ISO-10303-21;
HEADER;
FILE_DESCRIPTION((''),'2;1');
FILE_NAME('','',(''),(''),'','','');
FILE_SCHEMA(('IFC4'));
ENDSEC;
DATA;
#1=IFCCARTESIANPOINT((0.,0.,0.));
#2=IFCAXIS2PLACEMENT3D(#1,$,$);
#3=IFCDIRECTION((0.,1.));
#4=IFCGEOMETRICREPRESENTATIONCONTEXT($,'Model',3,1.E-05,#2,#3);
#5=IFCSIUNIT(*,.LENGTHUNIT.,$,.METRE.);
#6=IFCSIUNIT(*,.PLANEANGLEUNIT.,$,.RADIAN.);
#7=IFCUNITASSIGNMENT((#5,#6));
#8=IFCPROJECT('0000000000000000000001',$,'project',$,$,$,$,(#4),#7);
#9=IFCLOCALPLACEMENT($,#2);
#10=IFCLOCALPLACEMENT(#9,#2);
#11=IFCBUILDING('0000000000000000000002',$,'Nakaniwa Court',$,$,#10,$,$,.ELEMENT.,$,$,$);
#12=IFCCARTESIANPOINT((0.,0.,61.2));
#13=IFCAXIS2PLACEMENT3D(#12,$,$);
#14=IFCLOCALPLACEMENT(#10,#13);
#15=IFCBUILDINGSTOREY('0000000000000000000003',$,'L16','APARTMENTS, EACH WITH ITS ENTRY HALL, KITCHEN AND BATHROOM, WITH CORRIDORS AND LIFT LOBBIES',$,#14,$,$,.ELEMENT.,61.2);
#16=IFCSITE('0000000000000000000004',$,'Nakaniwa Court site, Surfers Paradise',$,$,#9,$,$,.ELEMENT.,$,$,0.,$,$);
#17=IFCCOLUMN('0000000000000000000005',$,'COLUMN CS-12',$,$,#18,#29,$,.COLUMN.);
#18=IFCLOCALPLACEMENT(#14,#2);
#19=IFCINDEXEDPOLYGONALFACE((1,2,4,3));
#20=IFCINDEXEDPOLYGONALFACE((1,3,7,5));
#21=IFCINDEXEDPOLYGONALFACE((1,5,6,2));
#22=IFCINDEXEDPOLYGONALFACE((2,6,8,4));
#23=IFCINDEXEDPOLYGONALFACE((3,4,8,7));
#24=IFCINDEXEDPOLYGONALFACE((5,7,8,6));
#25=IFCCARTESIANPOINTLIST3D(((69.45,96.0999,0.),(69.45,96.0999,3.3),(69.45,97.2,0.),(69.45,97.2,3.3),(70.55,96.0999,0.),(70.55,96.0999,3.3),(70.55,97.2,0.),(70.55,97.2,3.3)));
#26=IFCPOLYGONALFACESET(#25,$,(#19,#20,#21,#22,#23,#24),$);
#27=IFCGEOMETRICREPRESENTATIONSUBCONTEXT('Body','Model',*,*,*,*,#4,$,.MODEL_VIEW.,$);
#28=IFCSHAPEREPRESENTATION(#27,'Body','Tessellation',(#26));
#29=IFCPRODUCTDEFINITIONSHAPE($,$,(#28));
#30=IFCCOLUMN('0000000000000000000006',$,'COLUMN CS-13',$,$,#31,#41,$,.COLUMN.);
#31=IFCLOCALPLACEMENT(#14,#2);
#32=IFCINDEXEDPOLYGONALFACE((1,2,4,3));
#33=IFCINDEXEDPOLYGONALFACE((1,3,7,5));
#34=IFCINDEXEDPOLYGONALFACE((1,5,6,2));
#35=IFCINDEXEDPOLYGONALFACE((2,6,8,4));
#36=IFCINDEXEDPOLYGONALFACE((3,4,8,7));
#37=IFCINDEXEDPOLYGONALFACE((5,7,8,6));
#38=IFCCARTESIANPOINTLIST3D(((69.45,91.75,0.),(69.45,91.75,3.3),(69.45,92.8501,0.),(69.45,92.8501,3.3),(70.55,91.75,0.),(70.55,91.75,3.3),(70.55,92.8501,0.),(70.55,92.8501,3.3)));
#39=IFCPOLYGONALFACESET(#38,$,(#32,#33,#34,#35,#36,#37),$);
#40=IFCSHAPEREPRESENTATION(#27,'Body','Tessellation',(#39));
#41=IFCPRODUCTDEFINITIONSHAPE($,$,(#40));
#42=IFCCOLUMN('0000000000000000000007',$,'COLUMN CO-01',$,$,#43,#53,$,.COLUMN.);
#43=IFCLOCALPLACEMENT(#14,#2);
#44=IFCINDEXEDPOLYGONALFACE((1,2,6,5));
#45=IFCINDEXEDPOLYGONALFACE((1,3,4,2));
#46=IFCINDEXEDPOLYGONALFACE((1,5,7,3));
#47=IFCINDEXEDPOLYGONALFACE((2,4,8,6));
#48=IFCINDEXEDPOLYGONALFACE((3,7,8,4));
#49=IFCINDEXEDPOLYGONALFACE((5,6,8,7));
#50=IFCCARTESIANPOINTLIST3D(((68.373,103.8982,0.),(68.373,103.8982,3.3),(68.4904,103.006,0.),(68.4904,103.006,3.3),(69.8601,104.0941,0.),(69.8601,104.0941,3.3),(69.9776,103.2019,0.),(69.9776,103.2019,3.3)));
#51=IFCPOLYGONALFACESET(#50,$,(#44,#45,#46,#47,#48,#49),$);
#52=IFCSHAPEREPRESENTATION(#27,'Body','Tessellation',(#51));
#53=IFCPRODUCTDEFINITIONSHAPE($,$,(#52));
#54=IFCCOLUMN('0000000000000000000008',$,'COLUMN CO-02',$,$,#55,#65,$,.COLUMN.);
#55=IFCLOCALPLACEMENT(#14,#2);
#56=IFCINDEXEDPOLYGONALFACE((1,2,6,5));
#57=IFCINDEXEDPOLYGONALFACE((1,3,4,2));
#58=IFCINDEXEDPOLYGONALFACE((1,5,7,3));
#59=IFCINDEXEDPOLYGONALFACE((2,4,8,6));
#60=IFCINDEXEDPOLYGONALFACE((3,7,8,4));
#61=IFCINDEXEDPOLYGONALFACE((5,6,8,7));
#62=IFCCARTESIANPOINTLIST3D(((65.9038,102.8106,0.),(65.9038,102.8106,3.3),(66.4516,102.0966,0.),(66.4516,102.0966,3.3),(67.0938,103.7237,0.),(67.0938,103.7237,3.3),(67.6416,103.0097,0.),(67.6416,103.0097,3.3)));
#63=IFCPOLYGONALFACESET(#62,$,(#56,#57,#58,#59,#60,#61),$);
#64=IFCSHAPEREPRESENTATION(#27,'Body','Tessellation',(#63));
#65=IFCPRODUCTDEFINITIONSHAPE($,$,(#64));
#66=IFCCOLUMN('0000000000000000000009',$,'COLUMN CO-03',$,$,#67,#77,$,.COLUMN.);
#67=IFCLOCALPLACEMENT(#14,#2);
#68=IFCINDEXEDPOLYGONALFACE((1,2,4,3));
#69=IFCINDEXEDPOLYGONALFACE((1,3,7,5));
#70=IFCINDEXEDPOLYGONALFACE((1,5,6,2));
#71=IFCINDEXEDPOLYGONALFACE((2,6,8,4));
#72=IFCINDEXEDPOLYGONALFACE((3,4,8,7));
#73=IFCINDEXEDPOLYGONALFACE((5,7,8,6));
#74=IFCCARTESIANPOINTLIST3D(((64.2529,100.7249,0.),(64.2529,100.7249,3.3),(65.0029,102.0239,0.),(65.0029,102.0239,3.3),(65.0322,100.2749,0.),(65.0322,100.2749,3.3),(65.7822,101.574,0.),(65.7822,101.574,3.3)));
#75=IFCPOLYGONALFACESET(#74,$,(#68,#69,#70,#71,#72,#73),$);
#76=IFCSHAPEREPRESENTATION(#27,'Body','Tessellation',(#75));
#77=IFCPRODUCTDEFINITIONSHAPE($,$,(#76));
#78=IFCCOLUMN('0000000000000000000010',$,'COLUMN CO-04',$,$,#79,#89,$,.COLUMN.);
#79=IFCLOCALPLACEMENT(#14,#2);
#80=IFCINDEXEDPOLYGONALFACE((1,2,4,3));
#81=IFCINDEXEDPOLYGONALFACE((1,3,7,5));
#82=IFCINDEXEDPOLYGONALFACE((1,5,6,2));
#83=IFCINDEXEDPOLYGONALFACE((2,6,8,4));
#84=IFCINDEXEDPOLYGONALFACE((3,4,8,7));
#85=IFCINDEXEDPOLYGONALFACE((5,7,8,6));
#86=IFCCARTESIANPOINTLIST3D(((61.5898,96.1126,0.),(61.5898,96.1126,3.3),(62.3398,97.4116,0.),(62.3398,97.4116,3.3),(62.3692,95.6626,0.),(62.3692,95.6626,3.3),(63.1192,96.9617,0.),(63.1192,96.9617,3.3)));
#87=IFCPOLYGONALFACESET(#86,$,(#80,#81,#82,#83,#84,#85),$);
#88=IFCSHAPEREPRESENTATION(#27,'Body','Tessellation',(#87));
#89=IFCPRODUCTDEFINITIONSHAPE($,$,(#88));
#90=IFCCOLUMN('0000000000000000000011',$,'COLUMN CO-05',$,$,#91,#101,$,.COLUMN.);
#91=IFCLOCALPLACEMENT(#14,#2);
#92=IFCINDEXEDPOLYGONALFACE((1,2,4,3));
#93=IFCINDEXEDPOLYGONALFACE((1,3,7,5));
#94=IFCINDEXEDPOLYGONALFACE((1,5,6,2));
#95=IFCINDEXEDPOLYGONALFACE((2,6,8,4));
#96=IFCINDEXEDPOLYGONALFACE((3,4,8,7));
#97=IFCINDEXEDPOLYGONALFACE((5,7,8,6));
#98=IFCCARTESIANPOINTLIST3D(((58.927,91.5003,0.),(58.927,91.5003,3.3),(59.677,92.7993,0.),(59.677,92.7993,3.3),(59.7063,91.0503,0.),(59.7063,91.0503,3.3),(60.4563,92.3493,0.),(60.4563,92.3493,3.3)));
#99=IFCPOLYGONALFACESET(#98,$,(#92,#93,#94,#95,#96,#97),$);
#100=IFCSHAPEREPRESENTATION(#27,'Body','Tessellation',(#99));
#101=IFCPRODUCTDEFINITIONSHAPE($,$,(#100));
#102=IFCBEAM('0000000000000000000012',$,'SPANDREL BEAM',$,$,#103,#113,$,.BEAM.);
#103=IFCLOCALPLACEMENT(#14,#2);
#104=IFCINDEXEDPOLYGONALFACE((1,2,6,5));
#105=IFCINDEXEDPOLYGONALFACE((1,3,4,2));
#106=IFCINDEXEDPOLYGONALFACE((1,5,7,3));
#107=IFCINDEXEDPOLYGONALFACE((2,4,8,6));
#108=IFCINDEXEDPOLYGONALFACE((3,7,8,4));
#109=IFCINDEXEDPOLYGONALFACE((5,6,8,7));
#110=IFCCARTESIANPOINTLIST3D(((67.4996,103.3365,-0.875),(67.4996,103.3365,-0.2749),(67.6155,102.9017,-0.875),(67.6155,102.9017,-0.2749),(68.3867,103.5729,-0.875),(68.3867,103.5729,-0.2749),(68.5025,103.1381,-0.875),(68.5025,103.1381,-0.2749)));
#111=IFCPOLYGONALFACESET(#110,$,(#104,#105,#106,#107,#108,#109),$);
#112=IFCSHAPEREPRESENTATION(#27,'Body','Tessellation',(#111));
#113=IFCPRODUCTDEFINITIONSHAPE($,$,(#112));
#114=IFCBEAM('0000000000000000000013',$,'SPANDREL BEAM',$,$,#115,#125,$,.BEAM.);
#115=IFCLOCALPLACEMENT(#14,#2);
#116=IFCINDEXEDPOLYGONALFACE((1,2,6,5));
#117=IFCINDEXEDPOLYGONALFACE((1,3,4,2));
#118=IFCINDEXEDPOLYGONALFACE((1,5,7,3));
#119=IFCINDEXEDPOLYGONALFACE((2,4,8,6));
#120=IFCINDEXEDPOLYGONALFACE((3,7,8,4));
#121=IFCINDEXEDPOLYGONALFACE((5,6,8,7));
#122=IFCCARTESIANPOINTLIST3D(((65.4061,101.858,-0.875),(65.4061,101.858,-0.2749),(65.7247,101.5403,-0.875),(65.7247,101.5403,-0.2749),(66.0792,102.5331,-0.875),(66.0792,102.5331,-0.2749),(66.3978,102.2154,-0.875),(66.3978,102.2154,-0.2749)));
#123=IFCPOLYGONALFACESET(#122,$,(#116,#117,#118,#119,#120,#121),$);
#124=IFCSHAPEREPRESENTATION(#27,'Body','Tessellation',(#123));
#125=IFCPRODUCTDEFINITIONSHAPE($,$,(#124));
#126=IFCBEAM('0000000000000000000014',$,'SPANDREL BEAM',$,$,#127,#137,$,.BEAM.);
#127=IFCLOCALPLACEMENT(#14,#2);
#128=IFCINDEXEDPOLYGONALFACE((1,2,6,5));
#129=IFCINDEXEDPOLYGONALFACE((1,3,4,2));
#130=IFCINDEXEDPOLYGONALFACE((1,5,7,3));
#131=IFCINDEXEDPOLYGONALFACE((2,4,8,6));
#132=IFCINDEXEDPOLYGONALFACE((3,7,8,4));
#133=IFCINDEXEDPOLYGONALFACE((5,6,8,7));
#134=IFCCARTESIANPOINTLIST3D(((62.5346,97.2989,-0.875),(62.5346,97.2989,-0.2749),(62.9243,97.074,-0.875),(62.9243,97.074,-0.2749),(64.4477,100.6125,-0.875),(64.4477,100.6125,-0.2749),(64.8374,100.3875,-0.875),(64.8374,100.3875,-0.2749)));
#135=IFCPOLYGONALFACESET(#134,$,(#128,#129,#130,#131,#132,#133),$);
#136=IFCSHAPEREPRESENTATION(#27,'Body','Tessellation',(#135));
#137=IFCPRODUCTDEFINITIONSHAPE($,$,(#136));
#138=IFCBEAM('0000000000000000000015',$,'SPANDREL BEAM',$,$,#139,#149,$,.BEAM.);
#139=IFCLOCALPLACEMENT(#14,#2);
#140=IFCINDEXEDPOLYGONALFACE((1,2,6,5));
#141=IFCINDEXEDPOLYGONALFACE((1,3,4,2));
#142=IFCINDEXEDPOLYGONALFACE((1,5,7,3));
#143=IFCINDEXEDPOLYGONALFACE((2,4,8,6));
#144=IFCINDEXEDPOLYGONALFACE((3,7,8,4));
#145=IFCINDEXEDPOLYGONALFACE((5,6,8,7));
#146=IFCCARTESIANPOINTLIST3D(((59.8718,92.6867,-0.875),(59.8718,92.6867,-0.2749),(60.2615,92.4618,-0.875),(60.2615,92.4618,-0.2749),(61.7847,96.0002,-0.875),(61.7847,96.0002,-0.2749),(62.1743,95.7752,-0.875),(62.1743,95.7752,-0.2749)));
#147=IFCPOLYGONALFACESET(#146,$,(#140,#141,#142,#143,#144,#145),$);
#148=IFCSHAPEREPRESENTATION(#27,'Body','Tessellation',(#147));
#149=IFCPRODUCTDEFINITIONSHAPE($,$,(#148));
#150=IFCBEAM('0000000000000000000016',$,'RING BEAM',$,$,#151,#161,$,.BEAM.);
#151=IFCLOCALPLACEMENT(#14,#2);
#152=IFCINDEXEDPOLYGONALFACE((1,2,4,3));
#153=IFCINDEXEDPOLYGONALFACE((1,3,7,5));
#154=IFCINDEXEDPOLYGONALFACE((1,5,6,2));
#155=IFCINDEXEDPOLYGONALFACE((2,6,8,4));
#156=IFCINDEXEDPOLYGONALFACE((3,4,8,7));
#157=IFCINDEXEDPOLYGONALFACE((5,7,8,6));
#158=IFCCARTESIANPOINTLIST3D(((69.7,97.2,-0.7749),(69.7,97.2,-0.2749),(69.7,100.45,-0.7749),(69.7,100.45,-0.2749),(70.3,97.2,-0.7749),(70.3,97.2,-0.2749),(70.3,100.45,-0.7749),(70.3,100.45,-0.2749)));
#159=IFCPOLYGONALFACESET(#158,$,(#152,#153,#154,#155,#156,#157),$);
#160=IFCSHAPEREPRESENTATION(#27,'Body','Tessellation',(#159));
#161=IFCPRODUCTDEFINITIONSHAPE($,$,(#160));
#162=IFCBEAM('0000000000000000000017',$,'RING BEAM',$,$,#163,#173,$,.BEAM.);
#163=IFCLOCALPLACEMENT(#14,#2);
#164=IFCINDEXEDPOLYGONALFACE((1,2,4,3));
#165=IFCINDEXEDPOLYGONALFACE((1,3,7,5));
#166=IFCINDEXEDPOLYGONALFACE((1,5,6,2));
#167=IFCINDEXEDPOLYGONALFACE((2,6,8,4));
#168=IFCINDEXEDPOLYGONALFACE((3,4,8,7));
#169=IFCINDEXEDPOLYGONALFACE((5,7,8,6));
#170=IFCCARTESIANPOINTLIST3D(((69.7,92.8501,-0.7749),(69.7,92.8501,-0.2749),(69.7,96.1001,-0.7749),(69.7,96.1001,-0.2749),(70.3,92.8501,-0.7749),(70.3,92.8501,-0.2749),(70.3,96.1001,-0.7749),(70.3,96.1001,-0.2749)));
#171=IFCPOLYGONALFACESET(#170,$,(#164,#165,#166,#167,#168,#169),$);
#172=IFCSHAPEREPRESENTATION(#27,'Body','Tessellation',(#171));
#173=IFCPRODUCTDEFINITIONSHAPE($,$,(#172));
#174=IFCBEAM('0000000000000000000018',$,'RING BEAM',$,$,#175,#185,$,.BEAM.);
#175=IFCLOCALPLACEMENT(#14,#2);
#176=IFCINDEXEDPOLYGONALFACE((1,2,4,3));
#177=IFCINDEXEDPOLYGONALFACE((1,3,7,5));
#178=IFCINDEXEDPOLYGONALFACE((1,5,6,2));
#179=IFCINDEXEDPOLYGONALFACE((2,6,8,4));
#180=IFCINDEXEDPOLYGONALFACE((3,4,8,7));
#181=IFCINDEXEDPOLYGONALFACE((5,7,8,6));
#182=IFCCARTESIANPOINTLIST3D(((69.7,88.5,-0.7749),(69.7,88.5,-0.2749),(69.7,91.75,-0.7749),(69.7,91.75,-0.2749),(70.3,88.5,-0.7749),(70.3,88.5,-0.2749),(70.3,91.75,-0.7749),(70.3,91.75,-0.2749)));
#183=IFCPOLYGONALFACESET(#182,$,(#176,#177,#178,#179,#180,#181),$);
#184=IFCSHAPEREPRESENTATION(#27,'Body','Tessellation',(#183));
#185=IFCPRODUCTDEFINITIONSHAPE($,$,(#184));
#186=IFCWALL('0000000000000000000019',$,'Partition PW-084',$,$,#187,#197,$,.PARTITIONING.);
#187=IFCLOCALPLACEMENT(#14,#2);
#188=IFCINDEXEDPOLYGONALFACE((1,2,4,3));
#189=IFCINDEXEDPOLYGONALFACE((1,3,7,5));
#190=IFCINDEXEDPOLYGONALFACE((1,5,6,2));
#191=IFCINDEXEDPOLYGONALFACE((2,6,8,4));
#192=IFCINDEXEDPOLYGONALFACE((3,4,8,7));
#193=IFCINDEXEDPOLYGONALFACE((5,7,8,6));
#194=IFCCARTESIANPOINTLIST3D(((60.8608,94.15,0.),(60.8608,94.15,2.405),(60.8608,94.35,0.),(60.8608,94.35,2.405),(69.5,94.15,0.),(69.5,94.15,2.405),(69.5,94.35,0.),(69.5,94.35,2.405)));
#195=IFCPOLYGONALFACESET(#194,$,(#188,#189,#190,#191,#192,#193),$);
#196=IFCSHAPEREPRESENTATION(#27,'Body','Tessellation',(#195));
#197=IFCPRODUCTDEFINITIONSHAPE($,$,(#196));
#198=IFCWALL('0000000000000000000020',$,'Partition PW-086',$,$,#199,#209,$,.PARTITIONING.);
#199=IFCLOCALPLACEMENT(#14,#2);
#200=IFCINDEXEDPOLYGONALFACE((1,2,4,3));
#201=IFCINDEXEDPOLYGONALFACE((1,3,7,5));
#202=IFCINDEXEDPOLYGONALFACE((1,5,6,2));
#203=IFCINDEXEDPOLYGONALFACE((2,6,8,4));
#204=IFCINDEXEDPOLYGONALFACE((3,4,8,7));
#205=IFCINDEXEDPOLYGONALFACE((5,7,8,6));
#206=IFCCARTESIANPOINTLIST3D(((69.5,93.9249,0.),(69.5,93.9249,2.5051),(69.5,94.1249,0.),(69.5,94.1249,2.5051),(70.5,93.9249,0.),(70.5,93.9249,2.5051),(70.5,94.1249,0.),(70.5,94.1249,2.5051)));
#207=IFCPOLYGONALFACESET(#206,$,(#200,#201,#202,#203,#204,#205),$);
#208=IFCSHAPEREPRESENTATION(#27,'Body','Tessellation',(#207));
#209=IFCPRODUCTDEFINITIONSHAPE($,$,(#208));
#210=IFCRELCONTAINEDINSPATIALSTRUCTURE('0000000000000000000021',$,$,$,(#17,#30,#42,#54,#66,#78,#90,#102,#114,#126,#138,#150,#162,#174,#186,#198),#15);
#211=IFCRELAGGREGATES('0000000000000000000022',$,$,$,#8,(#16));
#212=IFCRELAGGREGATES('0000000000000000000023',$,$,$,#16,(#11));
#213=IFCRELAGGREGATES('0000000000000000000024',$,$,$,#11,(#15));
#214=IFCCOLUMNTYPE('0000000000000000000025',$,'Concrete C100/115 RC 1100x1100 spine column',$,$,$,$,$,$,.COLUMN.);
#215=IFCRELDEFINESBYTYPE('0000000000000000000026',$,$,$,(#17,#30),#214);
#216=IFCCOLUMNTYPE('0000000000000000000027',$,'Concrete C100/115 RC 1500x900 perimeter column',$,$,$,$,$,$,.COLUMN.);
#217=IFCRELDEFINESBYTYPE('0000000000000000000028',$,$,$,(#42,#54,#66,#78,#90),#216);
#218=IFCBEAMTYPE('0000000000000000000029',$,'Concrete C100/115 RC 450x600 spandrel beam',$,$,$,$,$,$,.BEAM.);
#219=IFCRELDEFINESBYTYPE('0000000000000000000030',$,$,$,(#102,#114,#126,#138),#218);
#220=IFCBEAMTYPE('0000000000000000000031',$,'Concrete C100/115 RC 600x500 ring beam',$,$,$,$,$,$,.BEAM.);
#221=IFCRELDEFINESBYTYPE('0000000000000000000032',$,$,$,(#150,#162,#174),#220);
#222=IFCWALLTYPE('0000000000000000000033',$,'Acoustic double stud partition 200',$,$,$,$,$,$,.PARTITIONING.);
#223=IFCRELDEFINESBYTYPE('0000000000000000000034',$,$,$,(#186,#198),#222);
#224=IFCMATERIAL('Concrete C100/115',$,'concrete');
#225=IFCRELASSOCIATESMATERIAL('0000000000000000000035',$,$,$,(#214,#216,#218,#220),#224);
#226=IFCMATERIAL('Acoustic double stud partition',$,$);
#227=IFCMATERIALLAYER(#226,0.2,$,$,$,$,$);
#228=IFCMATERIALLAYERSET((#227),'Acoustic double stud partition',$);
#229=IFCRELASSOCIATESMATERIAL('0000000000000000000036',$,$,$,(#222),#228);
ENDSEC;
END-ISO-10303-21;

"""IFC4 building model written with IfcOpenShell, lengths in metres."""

from ifc_helpers import new_model, si_unit, direction, frame, frame_2d, origin, origin_2d, place, context, subcontext, project, spatial, rectangle, extrude, material, layer, layer_set, material_profile, profile_set, type_object, element, save


model = new_model("IFC4")

# Units and contexts
model_context = context("Model", 3, precision=1e-05, world=origin(), true_north=direction((0.0, 1.0)))
body_context = subcontext(model_context, "Body", "Model", "MODEL_VIEW")
ifc_project = project(units=[si_unit("LENGTHUNIT", "METRE"), si_unit("PLANEANGLEUNIT", "RADIAN")], contexts=[model_context])

# Site, building, storey
site_placement = place(None, origin())
site = spatial("IfcSite", under=ifc_project, at=site_placement, Name="Nakaniwa Court site, Surfers Paradise", CompositionType="ELEMENT", RefElevation=0.0)
building_placement = place(site_placement, origin())
building = spatial("IfcBuilding", under=site, at=building_placement, Name="Nakaniwa Court", CompositionType="ELEMENT")
storey_placement = place(building_placement, frame((0.0, 0.0, 61.2)))
storey = spatial("IfcBuildingStorey", under=building, at=storey_placement, Name="L16", Description="APARTMENTS, EACH WITH ITS ENTRY HALL, KITCHEN AND BATHROOM, WITH CORRIDORS AND LIFT LOBBIES", CompositionType="ELEMENT", Elevation=61.2)

# Columns
ifc_material_1 = material(Name="Concrete C100/115", Category="concrete")
ifc_material_profile_1 = material_profile(ifc_material_1, rectangle(XDim=1.1001, YDim=1.1001, at=origin_2d()), Name="Concrete C100/115 RC 1100x1100 spine column")
ifc_profile_set_1 = profile_set([ifc_material_profile_1], Name="Concrete C100/115")
column_type_1 = type_object("IfcColumnType", Name="Concrete C100/115 RC 1100x1100 spine column", PredefinedType="COLUMN", material=ifc_profile_set_1)
for number, where, z_axis, x_axis, name in (
    (1, (70.0, 96.6499, 0.0), (0.0, 0.0, 1.0), (0.0, -1.0, 0.0), "COLUMN CS-12"),
    (2, (70.0, 92.3, 0.0), (0.0, 0.0, 1.0), (0.0, -1.0, 0.0), "COLUMN CS-13"),
):
    element("IfcColumn", number, at=place(storey_placement, frame(where, z_axis=z_axis, x_axis=x_axis)), inside=storey, type_object=column_type_1, Name=name, PredefinedType="COLUMN", context=body_context, shape_type="SweptSolid", body=[
        extrude(rectangle(XDim=1.1001, YDim=1.1001, at=origin_2d()), origin(), (0.0, 0.0, 1.0), 3.3),
    ])
ifc_material_profile_2 = material_profile(ifc_material_1, rectangle(XDim=1.5, YDim=0.8999, at=origin_2d()), Name="Concrete C100/115 RC 1500x900 perimeter column")
ifc_profile_set_2 = profile_set([ifc_material_profile_2], Name="Concrete C100/115")
column_type_2 = type_object("IfcColumnType", Name="Concrete C100/115 RC 1500x900 perimeter column", PredefinedType="COLUMN", material=ifc_profile_set_2)
for number, where, z_axis, x_axis, name in (
    (3, (69.1753, 103.55, 0.0), (0.0, 0.0, 1.0), (-0.991443, -0.130543, 0.0), "COLUMN CO-01"),
    (4, (66.7727, 102.9102, 0.0), (0.0, 0.0, 1.0), (-0.793364, -0.608748, 0.0), "COLUMN CO-02"),
    (5, (65.0176, 101.1494, 0.0), (0.0, 0.0, 1.0), (-0.5, -0.866025, 0.0), "COLUMN CO-03"),
    (6, (62.3545, 96.5371, 0.0), (0.0, 0.0, 1.0), (-0.5, -0.866025, 0.0), "COLUMN CO-04"),
    (7, (59.6917, 91.9248, 0.0), (0.0, 0.0, 1.0), (-0.5, -0.866025, 0.0), "COLUMN CO-05"),
):
    element("IfcColumn", number, at=place(storey_placement, frame(where, z_axis=z_axis, x_axis=x_axis)), inside=storey, type_object=column_type_2, Name=name, PredefinedType="COLUMN", context=body_context, shape_type="SweptSolid", body=[
        extrude(rectangle(XDim=1.5, YDim=0.8999, at=origin_2d()), origin(), (0.0, 0.0, 1.0), 3.3),
    ])

# Beams
ifc_material_profile_3 = material_profile(ifc_material_1, rectangle(XDim=0.45, YDim=0.6001, at=origin_2d()), Name="Concrete C100/115 RC 450x600 spandrel beam")
ifc_profile_set_3 = profile_set([ifc_material_profile_3], Name="Concrete C100/115")
beam_type_1 = type_object("IfcBeamType", Name="Concrete C100/115 RC 450x600 spandrel beam", PredefinedType="BEAM", material=ifc_profile_set_3)
beam_1_placement = place(storey_placement, frame((68.4446, 103.3555, -0.575), z_axis=(-0.966288, -0.257464, 0.0), x_axis=(0.257464, -0.966288, 0.0)))
element("IfcBeam", 8, at=beam_1_placement, inside=storey, type_object=beam_type_1, Name="SPANDREL BEAM", PredefinedType="BEAM", context=body_context, shape_type="SweptSolid", body=[
    extrude(rectangle(XDim=0.45, YDim=0.6001, at=origin_2d()), origin(), (0.0, 0.0, 1.0), 0.918),
])
beam_2_placement = place(storey_placement, frame((66.2385, 102.3743, -0.575), z_axis=(-0.706082, -0.70813, 0.0), x_axis=(0.70813, -0.706082, 0.0)))
element("IfcBeam", 9, at=beam_2_placement, inside=storey, type_object=beam_type_1, Name="SPANDREL BEAM", PredefinedType="BEAM", context=body_context, shape_type="SweptSolid", body=[
    extrude(rectangle(XDim=0.45, YDim=0.6001, at=origin_2d()), origin(), (0.0, 0.0, 1.0), 0.9534),
])
beam_3_placement = place(storey_placement, frame((64.6426, 100.5, -0.575), z_axis=(-0.50001, -0.86602, 0.0), x_axis=(0.86602, -0.50001, 0.0)))
element("IfcBeam", 10, at=beam_3_placement, inside=storey, type_object=beam_type_1, Name="SPANDREL BEAM", PredefinedType="BEAM", context=body_context, shape_type="SweptSolid", body=[
    extrude(rectangle(XDim=0.45, YDim=0.6001, at=origin_2d()), origin(), (0.0, 0.0, 1.0), 3.8262),
])
beam_4_placement = place(storey_placement, frame((61.9795, 95.8877, -0.575), z_axis=(-0.499962, -0.866047, 0.0), x_axis=(0.866047, -0.499962, 0.0)))
element("IfcBeam", 11, at=beam_4_placement, inside=storey, type_object=beam_type_1, Name="SPANDREL BEAM", PredefinedType="BEAM", context=body_context, shape_type="SweptSolid", body=[
    extrude(rectangle(XDim=0.45, YDim=0.6001, at=origin_2d()), origin(), (0.0, 0.0, 1.0), 3.8259),
])
ifc_material_profile_4 = material_profile(ifc_material_1, rectangle(XDim=0.6001, YDim=0.5, at=origin_2d()), Name="Concrete C100/115 RC 600x500 ring beam")
ifc_profile_set_4 = profile_set([ifc_material_profile_4], Name="Concrete C100/115")
beam_type_2 = type_object("IfcBeamType", Name="Concrete C100/115 RC 600x500 ring beam", PredefinedType="BEAM", material=ifc_profile_set_4)
for number, where, z_axis, x_axis, name in (
    (12, (70.0, 100.45, -0.5249), (0.0, -1.0, 0.0), (1.0, 0.0, 0.0), "RING BEAM"),
    (13, (70.0, 96.1001, -0.5249), (0.0, -1.0, 0.0), (1.0, 0.0, 0.0), "RING BEAM"),
    (14, (70.0, 91.75, -0.5249), (0.0, -1.0, 0.0), (1.0, 0.0, 0.0), "RING BEAM"),
):
    element("IfcBeam", number, at=place(storey_placement, frame(where, z_axis=z_axis, x_axis=x_axis)), inside=storey, type_object=beam_type_2, Name=name, PredefinedType="BEAM", context=body_context, shape_type="SweptSolid", body=[
        extrude(rectangle(XDim=0.6001, YDim=0.5, at=origin_2d()), origin(), (0.0, 0.0, 1.0), 3.25),
    ])

# Walls
ifc_material_2 = material(Name="Acoustic double stud partition")
ifc_layer_1 = layer(ifc_material_2, 0.2)
ifc_layer_set_1 = layer_set([ifc_layer_1], Name="Acoustic double stud partition")
wall_type_1 = type_object("IfcWallType", Name="Acoustic double stud partition 200", PredefinedType="PARTITIONING", material=ifc_layer_set_1)
wall_1_placement = place(storey_placement, frame((60.8608, 94.25, 0.0), z_axis=(0.0, 0.0, 1.0), x_axis=(1.0, 0.0, 0.0)))
element("IfcWall", 15, at=wall_1_placement, inside=storey, type_object=wall_type_1, Name="Partition PW-084", PredefinedType="PARTITIONING", context=body_context, shape_type="SweptSolid", body=[
    extrude(rectangle(XDim=8.6392, YDim=0.2, at=frame_2d((4.3196, 0.0))), origin(), (0.0, 0.0, 1.0), 2.405),
])
for number, where, z_axis, x_axis, name in (
    (16, (69.5, 94.0249, 0.0), (0.0, 0.0, 1.0), (1.0, 0.0, 0.0), "Partition PW-086"),
):
    element("IfcWall", number, at=place(storey_placement, frame(where, z_axis=z_axis, x_axis=x_axis)), inside=storey, type_object=wall_type_1, Name=name, PredefinedType="PARTITIONING", context=body_context, shape_type="SweptSolid", body=[
        extrude(rectangle(XDim=1.0, YDim=0.2, at=frame_2d((0.5, 0.0))), origin(), (0.0, 0.0, 1.0), 2.5051),
    ])

save(model, "model.ifc")
